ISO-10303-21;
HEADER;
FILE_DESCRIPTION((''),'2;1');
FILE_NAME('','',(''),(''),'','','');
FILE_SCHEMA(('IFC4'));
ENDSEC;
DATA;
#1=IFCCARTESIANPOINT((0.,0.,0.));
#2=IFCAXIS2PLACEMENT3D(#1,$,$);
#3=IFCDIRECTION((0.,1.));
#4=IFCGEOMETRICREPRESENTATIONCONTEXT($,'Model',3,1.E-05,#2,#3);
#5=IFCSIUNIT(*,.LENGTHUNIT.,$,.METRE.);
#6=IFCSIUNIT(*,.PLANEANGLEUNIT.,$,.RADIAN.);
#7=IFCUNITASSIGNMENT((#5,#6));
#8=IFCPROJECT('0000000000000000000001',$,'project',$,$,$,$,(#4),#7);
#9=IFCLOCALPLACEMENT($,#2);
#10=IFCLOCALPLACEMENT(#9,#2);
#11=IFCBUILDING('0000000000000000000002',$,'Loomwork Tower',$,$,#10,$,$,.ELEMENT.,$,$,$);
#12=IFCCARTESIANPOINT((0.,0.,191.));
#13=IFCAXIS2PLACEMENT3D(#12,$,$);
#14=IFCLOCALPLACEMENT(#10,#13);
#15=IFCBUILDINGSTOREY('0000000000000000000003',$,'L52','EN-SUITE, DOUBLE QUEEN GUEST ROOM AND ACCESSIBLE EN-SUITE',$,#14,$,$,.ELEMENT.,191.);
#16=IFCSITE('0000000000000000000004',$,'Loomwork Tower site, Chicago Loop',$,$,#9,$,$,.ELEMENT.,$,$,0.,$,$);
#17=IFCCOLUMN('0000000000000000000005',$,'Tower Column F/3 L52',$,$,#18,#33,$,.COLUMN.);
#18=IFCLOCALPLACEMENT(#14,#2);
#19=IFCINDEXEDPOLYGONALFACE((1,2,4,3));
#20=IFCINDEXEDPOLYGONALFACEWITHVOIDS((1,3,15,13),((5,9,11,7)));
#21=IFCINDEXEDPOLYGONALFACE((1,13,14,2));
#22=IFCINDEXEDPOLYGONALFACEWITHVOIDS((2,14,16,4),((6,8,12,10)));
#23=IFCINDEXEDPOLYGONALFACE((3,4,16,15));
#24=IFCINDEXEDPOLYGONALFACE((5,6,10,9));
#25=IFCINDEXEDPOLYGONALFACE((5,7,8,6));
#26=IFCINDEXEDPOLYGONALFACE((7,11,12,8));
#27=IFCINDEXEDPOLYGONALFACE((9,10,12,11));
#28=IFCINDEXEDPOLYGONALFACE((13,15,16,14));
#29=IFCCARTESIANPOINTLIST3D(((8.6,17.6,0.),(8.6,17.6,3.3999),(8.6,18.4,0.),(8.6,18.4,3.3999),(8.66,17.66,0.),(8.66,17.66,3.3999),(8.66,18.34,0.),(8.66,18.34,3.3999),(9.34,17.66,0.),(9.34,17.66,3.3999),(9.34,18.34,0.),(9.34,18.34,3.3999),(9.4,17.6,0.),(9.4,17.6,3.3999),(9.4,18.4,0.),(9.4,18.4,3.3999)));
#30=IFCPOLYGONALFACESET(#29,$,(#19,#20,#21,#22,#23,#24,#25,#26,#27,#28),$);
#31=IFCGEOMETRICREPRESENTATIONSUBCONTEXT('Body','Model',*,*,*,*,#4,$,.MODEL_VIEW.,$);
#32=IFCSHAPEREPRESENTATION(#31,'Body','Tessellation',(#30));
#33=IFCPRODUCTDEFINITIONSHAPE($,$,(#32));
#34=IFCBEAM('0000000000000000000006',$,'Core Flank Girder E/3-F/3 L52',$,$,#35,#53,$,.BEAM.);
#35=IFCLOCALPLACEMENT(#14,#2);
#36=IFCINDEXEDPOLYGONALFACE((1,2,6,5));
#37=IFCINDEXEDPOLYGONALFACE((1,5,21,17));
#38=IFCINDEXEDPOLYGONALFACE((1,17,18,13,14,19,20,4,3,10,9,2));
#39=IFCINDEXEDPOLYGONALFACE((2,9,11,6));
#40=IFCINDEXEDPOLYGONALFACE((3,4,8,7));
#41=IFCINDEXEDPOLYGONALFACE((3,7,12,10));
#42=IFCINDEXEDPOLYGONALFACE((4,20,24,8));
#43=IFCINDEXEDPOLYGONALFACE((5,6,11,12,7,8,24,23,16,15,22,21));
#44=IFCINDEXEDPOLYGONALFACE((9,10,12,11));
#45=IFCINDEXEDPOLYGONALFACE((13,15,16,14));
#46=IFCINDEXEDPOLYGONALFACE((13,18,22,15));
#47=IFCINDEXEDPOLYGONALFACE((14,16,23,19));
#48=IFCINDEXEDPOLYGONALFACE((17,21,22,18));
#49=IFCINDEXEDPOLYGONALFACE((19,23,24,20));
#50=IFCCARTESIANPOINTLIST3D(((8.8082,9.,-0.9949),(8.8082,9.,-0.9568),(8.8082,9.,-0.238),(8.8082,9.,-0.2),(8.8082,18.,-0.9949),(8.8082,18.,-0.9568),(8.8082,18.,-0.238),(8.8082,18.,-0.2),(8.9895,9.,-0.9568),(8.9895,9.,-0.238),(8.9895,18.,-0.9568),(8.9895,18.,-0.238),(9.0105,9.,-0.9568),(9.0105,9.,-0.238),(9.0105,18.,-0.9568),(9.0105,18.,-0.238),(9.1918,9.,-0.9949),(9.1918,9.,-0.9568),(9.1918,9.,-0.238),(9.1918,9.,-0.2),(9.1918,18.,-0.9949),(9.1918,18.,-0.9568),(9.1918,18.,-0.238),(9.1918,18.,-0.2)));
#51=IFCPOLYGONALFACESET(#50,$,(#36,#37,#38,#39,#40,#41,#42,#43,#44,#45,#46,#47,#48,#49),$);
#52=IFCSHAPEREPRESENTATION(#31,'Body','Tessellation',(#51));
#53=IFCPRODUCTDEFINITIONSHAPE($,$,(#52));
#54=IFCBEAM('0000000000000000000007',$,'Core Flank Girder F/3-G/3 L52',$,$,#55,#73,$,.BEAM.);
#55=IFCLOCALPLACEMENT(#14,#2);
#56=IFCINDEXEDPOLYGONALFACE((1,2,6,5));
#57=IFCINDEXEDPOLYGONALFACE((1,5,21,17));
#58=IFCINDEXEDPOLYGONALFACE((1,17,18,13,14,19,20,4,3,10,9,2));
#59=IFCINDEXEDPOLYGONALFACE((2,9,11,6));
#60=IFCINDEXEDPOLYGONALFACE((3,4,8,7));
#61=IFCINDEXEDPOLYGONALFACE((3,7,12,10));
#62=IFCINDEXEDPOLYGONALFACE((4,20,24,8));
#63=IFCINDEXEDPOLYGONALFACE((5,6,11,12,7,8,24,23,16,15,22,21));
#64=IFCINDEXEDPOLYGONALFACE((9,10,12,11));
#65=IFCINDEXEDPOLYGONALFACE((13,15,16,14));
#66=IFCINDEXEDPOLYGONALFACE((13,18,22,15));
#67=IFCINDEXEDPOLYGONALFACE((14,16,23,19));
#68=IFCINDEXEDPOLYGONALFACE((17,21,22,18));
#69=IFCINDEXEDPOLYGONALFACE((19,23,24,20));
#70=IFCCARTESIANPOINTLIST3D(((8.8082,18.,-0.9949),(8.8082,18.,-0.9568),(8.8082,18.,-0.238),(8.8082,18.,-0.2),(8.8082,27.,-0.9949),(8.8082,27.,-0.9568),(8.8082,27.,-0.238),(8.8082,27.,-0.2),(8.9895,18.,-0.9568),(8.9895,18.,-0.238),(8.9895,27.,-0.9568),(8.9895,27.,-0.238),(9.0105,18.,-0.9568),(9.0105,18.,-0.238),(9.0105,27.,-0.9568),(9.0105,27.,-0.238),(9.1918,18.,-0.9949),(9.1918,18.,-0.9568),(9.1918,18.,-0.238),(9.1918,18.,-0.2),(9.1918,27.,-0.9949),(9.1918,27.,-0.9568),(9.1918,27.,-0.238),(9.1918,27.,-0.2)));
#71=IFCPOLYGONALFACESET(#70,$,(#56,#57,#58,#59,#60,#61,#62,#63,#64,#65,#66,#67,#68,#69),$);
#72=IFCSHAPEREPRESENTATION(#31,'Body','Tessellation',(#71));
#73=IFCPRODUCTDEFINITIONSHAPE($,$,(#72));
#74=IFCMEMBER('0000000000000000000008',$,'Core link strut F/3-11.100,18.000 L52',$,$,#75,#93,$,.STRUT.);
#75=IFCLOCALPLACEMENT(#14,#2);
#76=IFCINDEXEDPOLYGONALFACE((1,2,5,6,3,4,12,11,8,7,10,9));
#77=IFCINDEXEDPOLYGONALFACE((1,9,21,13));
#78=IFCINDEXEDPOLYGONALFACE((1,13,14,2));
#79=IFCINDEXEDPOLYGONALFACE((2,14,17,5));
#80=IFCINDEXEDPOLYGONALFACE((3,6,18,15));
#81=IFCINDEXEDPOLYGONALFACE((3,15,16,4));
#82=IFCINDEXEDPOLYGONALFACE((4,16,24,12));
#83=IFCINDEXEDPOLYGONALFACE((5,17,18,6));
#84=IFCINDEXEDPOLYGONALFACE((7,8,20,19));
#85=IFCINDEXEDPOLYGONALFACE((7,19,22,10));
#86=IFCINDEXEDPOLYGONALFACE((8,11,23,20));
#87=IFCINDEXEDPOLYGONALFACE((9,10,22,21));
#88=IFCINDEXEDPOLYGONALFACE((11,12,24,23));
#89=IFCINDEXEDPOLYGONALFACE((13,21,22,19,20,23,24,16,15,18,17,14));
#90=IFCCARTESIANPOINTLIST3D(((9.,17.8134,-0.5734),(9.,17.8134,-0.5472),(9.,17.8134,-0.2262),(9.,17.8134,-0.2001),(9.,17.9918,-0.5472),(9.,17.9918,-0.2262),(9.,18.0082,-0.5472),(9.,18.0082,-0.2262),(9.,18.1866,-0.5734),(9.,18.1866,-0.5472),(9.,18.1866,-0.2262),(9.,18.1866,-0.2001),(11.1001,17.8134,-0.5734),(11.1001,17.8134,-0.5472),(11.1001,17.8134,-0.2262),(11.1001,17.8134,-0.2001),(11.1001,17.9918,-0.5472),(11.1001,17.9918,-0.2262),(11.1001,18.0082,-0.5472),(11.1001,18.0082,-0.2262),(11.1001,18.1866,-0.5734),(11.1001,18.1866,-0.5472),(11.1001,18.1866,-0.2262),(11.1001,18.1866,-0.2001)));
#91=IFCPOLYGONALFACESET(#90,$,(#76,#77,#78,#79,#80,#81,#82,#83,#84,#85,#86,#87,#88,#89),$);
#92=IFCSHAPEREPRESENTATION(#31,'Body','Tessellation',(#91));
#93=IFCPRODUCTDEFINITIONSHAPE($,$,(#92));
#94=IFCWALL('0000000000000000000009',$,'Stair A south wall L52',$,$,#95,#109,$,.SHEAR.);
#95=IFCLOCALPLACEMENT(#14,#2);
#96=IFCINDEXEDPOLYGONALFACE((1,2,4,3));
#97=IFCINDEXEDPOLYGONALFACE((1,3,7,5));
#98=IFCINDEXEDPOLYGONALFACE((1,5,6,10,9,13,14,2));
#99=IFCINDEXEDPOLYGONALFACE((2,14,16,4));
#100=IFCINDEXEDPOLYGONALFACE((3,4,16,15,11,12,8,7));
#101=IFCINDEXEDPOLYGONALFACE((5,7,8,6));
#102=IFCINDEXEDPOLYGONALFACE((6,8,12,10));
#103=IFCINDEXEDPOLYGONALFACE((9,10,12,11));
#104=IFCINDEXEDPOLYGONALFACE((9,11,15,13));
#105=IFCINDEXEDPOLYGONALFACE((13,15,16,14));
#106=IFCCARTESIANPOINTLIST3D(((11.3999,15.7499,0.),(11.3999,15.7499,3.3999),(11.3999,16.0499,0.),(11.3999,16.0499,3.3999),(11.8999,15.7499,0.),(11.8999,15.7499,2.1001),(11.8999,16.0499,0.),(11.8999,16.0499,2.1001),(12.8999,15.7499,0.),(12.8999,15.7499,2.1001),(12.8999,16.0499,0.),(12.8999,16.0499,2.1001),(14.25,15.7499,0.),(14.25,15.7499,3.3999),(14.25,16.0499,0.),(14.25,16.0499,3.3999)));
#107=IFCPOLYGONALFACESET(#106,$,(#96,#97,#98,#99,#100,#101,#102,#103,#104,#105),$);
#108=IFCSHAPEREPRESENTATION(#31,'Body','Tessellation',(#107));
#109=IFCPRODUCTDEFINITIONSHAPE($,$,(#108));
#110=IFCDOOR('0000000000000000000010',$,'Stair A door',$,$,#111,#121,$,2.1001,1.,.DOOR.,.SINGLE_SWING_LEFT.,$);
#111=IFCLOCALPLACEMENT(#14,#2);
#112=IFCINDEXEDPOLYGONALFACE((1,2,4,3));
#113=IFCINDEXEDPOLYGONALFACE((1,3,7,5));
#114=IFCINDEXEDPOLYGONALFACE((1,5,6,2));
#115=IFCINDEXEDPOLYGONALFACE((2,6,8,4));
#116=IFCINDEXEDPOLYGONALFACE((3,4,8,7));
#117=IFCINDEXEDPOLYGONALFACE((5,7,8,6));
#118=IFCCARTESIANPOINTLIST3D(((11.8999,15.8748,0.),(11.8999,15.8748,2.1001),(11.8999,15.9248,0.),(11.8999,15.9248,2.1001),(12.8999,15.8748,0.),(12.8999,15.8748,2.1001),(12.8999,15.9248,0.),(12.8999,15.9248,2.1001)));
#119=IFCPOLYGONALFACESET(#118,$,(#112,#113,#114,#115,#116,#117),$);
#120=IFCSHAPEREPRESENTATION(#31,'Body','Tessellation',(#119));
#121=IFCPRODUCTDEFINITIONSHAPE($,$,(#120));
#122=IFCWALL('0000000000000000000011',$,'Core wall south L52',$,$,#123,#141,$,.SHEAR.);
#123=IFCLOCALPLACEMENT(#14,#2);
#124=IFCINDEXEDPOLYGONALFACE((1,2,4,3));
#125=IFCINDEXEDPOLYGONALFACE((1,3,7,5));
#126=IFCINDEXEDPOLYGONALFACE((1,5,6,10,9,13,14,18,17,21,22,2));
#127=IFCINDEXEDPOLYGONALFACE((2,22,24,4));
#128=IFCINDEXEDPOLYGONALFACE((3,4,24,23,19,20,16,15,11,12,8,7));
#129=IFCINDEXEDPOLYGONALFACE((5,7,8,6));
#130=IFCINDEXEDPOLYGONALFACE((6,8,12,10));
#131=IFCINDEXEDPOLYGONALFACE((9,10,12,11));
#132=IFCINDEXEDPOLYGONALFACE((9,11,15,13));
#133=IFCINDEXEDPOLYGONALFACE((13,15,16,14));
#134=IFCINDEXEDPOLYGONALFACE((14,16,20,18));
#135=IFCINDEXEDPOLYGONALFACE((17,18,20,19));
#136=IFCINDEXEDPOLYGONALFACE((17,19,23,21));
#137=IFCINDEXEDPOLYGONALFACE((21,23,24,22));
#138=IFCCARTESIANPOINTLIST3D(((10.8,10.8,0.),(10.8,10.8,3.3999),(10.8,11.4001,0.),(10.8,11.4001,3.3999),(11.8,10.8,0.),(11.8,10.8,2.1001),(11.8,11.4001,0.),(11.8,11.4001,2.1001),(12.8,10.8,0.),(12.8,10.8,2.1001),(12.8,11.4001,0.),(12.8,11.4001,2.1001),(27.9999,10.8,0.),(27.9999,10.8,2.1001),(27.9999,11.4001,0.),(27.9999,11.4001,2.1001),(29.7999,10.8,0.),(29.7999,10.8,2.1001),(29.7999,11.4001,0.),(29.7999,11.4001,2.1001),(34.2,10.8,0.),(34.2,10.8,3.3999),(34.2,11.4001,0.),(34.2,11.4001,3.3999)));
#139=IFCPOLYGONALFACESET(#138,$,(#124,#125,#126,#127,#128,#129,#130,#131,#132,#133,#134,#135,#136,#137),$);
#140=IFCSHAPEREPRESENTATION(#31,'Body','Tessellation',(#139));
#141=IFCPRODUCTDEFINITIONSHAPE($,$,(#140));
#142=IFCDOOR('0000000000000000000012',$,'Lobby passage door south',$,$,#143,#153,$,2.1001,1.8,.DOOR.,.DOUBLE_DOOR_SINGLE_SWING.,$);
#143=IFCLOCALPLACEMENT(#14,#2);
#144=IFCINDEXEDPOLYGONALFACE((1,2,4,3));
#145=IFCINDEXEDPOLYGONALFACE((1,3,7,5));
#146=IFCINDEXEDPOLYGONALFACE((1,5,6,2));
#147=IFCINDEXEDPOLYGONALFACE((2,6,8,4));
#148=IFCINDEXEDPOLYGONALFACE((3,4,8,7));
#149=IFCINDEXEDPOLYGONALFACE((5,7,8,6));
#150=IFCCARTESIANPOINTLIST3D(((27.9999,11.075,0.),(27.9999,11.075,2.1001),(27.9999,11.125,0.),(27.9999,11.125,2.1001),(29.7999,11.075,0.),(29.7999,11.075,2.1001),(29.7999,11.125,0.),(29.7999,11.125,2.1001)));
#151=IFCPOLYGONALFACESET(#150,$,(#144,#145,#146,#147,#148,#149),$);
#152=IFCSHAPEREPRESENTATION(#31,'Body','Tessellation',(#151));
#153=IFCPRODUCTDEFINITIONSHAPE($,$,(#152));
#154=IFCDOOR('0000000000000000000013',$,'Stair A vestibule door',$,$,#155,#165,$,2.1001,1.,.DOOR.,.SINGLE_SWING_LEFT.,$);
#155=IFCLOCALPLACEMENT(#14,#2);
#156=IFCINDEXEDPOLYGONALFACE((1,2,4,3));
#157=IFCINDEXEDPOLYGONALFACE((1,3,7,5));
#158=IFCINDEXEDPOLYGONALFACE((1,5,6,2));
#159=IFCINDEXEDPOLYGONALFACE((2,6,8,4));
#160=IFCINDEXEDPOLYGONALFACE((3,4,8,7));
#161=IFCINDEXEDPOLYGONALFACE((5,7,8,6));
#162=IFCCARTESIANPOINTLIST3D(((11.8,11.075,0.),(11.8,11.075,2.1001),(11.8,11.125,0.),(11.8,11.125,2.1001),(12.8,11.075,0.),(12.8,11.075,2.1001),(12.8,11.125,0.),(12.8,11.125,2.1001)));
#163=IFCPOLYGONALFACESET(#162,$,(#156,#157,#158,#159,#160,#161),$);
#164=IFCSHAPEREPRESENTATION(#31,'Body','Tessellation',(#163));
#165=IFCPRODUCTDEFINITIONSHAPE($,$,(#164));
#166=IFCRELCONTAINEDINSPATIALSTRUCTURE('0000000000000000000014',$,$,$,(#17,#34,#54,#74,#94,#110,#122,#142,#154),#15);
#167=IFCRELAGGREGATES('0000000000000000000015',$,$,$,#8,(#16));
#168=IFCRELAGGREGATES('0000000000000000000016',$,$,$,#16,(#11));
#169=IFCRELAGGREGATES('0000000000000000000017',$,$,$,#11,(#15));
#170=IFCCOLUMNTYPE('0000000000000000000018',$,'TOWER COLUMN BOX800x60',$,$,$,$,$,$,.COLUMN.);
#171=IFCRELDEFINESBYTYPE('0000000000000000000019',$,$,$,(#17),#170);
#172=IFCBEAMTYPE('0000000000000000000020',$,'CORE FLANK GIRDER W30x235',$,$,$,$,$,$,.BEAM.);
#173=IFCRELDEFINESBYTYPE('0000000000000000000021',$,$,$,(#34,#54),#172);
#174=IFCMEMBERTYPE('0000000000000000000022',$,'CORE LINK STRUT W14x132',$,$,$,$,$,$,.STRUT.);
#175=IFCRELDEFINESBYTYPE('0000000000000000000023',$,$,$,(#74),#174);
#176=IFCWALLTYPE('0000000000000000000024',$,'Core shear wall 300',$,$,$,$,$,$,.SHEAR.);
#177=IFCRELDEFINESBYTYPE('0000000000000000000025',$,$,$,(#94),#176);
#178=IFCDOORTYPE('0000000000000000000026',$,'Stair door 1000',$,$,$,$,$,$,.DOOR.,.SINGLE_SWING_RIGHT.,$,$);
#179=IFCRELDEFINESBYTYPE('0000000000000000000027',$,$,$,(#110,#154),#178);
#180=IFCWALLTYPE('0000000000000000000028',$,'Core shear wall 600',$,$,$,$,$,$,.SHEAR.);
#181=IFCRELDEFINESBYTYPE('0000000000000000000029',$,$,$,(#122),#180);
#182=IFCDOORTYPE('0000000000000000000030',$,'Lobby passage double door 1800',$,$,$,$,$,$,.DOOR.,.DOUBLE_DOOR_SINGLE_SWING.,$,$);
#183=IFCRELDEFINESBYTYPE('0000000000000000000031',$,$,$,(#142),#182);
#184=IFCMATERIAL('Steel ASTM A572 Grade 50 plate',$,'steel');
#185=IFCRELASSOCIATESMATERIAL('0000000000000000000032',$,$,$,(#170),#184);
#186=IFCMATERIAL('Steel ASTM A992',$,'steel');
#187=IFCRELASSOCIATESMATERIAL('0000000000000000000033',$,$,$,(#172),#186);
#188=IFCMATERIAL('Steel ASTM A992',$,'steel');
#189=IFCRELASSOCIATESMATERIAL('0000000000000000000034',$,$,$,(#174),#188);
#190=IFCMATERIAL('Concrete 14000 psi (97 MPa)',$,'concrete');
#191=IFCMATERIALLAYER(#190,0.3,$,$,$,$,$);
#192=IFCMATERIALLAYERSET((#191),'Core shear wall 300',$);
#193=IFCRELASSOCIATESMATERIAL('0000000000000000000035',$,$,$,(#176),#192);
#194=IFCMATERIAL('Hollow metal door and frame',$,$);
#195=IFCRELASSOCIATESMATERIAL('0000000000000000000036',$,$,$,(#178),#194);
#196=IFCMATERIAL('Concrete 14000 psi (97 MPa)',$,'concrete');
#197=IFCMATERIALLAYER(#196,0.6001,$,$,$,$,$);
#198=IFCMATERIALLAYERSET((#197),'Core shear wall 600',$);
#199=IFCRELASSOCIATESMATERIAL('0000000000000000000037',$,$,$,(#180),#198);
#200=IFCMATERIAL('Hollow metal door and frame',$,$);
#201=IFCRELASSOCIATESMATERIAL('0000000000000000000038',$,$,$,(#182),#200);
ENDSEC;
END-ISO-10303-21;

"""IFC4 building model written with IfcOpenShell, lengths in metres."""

from ifc_helpers import new_model, si_unit, direction, frame, frame_2d, origin, origin_2d, place, context, subcontext, project, spatial, rectangle, hollow_rectangle, i_section, extrude, material, layer, layer_set, material_profile, profile_set, type_object, element, fill, save


model = new_model("IFC4")

# Units and contexts
model_context = context("Model", 3, precision=1e-05, world=origin(), true_north=direction((0.0, 1.0)))
body_context = subcontext(model_context, "Body", "Model", "MODEL_VIEW")
ifc_project = project(units=[si_unit("LENGTHUNIT", "METRE"), si_unit("PLANEANGLEUNIT", "RADIAN")], contexts=[model_context])

# Site, building, storey
site_placement = place(None, origin())
site = spatial("IfcSite", under=ifc_project, at=site_placement, Name="Loomwork Tower site, Chicago Loop", CompositionType="ELEMENT", RefElevation=0.0)
building_placement = place(site_placement, origin())
building = spatial("IfcBuilding", under=site, at=building_placement, Name="Loomwork Tower", CompositionType="ELEMENT")
storey_placement = place(building_placement, frame((0.0, 0.0, 191.0)))
storey = spatial("IfcBuildingStorey", under=building, at=storey_placement, Name="L52", Description="EN-SUITE, DOUBLE QUEEN GUEST ROOM AND ACCESSIBLE EN-SUITE", CompositionType="ELEMENT", Elevation=191.0)

# Column
ifc_material_1 = material(Name="Steel ASTM A572 Grade 50 plate", Category="steel")
ifc_material_profile_1 = material_profile(ifc_material_1, hollow_rectangle(XDim=0.8, YDim=0.8, WallThickness=0.0601, at=origin_2d()), Name="BOX800x60")
ifc_profile_set_1 = profile_set([ifc_material_profile_1], Name="Steel ASTM A572 Grade 50 plate")
column_type = type_object("IfcColumnType", Name="TOWER COLUMN BOX800x60", PredefinedType="COLUMN", material=ifc_profile_set_1)
column_placement = place(storey_placement, frame((9.0, 18.0, 0.0), z_axis=(0.0, 0.0, 1.0), x_axis=(1.0, 0.0, 0.0)))
element("IfcColumn", 1, at=column_placement, inside=storey, type_object=column_type, Name="Tower Column F/3 L52", PredefinedType="COLUMN", context=body_context, shape_type="SweptSolid", body=[
    extrude(hollow_rectangle(XDim=0.8, YDim=0.8, WallThickness=0.0601, at=origin_2d()), origin(), (0.0, 0.0, 1.0), 3.3999),
])

# Beams
ifc_material_2 = material(Name="Steel ASTM A992", Category="steel")
ifc_material_profile_2 = material_profile(ifc_material_2, i_section(OverallWidth=0.3835, OverallDepth=0.7949, WebThickness=0.021, FlangeThickness=0.0381, at=origin_2d()), Name="W30x235")
ifc_profile_set_2 = profile_set([ifc_material_profile_2], Name="Steel ASTM A992")
beam_type = type_object("IfcBeamType", Name="CORE FLANK GIRDER W30x235", PredefinedType="BEAM", material=ifc_profile_set_2)
for number, where, z_axis, x_axis, name in (
    (2, (9.0, 9.0, -0.5974), (0.0, 1.0, 0.0), (-1.0, 0.0, 0.0), "Core Flank Girder E/3-F/3 L52"),
    (3, (9.0, 18.0, -0.5974), (0.0, 1.0, 0.0), (-1.0, 0.0, 0.0), "Core Flank Girder F/3-G/3 L52"),
):
    element("IfcBeam", number, at=place(storey_placement, frame(where, z_axis=z_axis, x_axis=x_axis)), inside=storey, type_object=beam_type, Name=name, PredefinedType="BEAM", context=body_context, shape_type="SweptSolid", body=[
        extrude(i_section(OverallWidth=0.3835, OverallDepth=0.7949, WebThickness=0.021, FlangeThickness=0.0381, at=origin_2d()), origin(), (0.0, 0.0, 1.0), 9.0),
    ])

# Member
ifc_material_3 = material(Name="Steel ASTM A992", Category="steel")
ifc_material_profile_3 = material_profile(ifc_material_3, i_section(OverallWidth=0.3733, OverallDepth=0.3733, WebThickness=0.0164, FlangeThickness=0.0261, at=origin_2d()), Name="W14x132")
ifc_profile_set_3 = profile_set([ifc_material_profile_3], Name="Steel ASTM A992")
member_type = type_object("IfcMemberType", Name="CORE LINK STRUT W14x132", PredefinedType="STRUT", material=ifc_profile_set_3)
member_placement = place(storey_placement, frame((9.0, 18.0, -0.3867), z_axis=(1.0, 0.0, 0.0), x_axis=(0.0, 1.0, 0.0)))
element("IfcMember", 4, at=member_placement, inside=storey, type_object=member_type, Name="Core link strut F/3-11.100,18.000 L52", PredefinedType="STRUT", context=body_context, shape_type="SweptSolid", body=[
    extrude(i_section(OverallWidth=0.3733, OverallDepth=0.3733, WebThickness=0.0164, FlangeThickness=0.0261, at=origin_2d()), origin(), (0.0, 0.0, 1.0), 2.1001),
])

# Wall, opening, door
ifc_material_4 = material(Name="Concrete 14000 psi (97 MPa)", Category="concrete")
ifc_layer_1 = layer(ifc_material_4, 0.3)
ifc_layer_set_1 = layer_set([ifc_layer_1], Name="Core shear wall 300")
wall_type_1 = type_object("IfcWallType", Name="Core shear wall 300", PredefinedType="SHEAR", material=ifc_layer_set_1)
wall_1_placement = place(storey_placement, frame((11.3999, 15.8999, 0.0), z_axis=(0.0, 0.0, 1.0), x_axis=(1.0, 0.0, 0.0)))
wall_1 = element("IfcWall", 5, at=wall_1_placement, inside=storey, type_object=wall_type_1, Name="Stair A south wall L52", PredefinedType="SHEAR", context=body_context, shape_type="SweptSolid", body=[
    extrude(rectangle(XDim=2.8501, YDim=0.3, at=frame_2d((1.425, 0.0))), origin(), (0.0, 0.0, 1.0), 3.3999),
])
opening_1_placement = place(wall_1_placement, frame((0.5, 0.0, 0.0)))
opening_1 = element("IfcOpeningElement", 6, at=opening_1_placement, cuts=wall_1, PredefinedType="OPENING", context=body_context, shape_type="SweptSolid", body=[
    extrude(rectangle(XDim=1.0, YDim=2.1001, at=frame_2d((0.5, 1.05))), frame((0.0, 0.1599, 0.0), z_axis=(0.0, -1.0, 0.0), x_axis=(1.0, 0.0, 0.0)), (0.0, 0.0, 1.0), 0.3201),
])
ifc_material_5 = material(Name="Hollow metal door and frame")
door_type_1 = type_object("IfcDoorType", Name="Stair door 1000", OperationType="SINGLE_SWING_RIGHT", PredefinedType="DOOR", material=ifc_material_5)
door_1_placement = place(opening_1_placement, origin())
door_1 = element("IfcDoor", 7, at=door_1_placement, inside=storey, type_object=door_type_1, Name="Stair A door", OperationType="SINGLE_SWING_LEFT", OverallHeight=2.1001, OverallWidth=1.0, PredefinedType="DOOR", context=body_context, shape_type="SweptSolid", body=[
    extrude(rectangle(XDim=1.0, YDim=2.1001, at=frame_2d((0.5, 1.05))), frame((0.0, 0.0249, 0.0), z_axis=(0.0, -1.0, 0.0), x_axis=(1.0, 0.0, 0.0)), (0.0, 0.0, 1.0), 0.05),
])
fill(opening_1, door_1)

# Wall, openings, doors
ifc_material_6 = material(Name="Concrete 14000 psi (97 MPa)", Category="concrete")
ifc_layer_2 = layer(ifc_material_6, 0.6001)
ifc_layer_set_2 = layer_set([ifc_layer_2], Name="Core shear wall 600")
wall_type_2 = type_object("IfcWallType", Name="Core shear wall 600", PredefinedType="SHEAR", material=ifc_layer_set_2)
wall_2_placement = place(storey_placement, frame((10.8, 11.1001, 0.0), z_axis=(0.0, 0.0, 1.0), x_axis=(1.0, 0.0, 0.0)))
wall_2 = element("IfcWall", 8, at=wall_2_placement, inside=storey, type_object=wall_type_2, Name="Core wall south L52", PredefinedType="SHEAR", context=body_context, shape_type="SweptSolid", body=[
    extrude(rectangle(XDim=23.3999, YDim=0.6001, at=frame_2d((11.7, 0.0))), origin(), (0.0, 0.0, 1.0), 3.3999),
])
opening_2_placement = place(wall_2_placement, frame((1.0, 0.0, 0.0)))
opening_2 = element("IfcOpeningElement", 9, at=opening_2_placement, cuts=wall_2, PredefinedType="OPENING", context=body_context, shape_type="SweptSolid", body=[
    extrude(rectangle(XDim=1.0, YDim=2.1001, at=frame_2d((0.5, 1.05))), frame((0.0, 0.3101, 0.0), z_axis=(0.0, -1.0, 0.0), x_axis=(1.0, 0.0, 0.0)), (0.0, 0.0, 1.0), 0.6201),
])
opening_3_placement = place(wall_2_placement, frame((17.2, 0.0, 0.0)))
opening_3 = element("IfcOpeningElement", 10, at=opening_3_placement, cuts=wall_2, PredefinedType="OPENING", context=body_context, shape_type="SweptSolid", body=[
    extrude(rectangle(XDim=1.8, YDim=2.1001, at=frame_2d((0.8999, 1.05))), frame((0.0, 0.3101, 0.0), z_axis=(0.0, -1.0, 0.0), x_axis=(1.0, 0.0, 0.0)), (0.0, 0.0, 1.0), 0.6201),
])
ifc_material_7 = material(Name="Hollow metal door and frame")
door_type_2 = type_object("IfcDoorType", Name="Lobby passage double door 1800", OperationType="DOUBLE_DOOR_SINGLE_SWING", PredefinedType="DOOR", material=ifc_material_7)
door_2_placement = place(opening_3_placement, origin())
door_2 = element("IfcDoor", 11, at=door_2_placement, inside=storey, type_object=door_type_2, Name="Lobby passage door south", OperationType="DOUBLE_DOOR_SINGLE_SWING", OverallHeight=2.1001, OverallWidth=1.8, PredefinedType="DOOR", context=body_context, shape_type="SweptSolid", body=[
    extrude(rectangle(XDim=1.8, YDim=2.1001, at=frame_2d((0.8999, 1.05))), frame((0.0, 0.0249, 0.0), z_axis=(0.0, -1.0, 0.0), x_axis=(1.0, 0.0, 0.0)), (0.0, 0.0, 1.0), 0.05),
])
fill(opening_3, door_2)
door_3_placement = place(opening_2_placement, origin())
door_3 = element("IfcDoor", 12, at=door_3_placement, inside=storey, type_object=door_type_1, Name="Stair A vestibule door", OperationType="SINGLE_SWING_LEFT", OverallHeight=2.1001, OverallWidth=1.0, PredefinedType="DOOR", context=body_context, shape_type="SweptSolid", body=[
    extrude(rectangle(XDim=1.0, YDim=2.1001, at=frame_2d((0.5, 1.05))), frame((0.0, 0.0249, 0.0), z_axis=(0.0, -1.0, 0.0), x_axis=(1.0, 0.0, 0.0)), (0.0, 0.0, 1.0), 0.05),
])
fill(opening_2, door_3)

save(model, "model.ifc")
